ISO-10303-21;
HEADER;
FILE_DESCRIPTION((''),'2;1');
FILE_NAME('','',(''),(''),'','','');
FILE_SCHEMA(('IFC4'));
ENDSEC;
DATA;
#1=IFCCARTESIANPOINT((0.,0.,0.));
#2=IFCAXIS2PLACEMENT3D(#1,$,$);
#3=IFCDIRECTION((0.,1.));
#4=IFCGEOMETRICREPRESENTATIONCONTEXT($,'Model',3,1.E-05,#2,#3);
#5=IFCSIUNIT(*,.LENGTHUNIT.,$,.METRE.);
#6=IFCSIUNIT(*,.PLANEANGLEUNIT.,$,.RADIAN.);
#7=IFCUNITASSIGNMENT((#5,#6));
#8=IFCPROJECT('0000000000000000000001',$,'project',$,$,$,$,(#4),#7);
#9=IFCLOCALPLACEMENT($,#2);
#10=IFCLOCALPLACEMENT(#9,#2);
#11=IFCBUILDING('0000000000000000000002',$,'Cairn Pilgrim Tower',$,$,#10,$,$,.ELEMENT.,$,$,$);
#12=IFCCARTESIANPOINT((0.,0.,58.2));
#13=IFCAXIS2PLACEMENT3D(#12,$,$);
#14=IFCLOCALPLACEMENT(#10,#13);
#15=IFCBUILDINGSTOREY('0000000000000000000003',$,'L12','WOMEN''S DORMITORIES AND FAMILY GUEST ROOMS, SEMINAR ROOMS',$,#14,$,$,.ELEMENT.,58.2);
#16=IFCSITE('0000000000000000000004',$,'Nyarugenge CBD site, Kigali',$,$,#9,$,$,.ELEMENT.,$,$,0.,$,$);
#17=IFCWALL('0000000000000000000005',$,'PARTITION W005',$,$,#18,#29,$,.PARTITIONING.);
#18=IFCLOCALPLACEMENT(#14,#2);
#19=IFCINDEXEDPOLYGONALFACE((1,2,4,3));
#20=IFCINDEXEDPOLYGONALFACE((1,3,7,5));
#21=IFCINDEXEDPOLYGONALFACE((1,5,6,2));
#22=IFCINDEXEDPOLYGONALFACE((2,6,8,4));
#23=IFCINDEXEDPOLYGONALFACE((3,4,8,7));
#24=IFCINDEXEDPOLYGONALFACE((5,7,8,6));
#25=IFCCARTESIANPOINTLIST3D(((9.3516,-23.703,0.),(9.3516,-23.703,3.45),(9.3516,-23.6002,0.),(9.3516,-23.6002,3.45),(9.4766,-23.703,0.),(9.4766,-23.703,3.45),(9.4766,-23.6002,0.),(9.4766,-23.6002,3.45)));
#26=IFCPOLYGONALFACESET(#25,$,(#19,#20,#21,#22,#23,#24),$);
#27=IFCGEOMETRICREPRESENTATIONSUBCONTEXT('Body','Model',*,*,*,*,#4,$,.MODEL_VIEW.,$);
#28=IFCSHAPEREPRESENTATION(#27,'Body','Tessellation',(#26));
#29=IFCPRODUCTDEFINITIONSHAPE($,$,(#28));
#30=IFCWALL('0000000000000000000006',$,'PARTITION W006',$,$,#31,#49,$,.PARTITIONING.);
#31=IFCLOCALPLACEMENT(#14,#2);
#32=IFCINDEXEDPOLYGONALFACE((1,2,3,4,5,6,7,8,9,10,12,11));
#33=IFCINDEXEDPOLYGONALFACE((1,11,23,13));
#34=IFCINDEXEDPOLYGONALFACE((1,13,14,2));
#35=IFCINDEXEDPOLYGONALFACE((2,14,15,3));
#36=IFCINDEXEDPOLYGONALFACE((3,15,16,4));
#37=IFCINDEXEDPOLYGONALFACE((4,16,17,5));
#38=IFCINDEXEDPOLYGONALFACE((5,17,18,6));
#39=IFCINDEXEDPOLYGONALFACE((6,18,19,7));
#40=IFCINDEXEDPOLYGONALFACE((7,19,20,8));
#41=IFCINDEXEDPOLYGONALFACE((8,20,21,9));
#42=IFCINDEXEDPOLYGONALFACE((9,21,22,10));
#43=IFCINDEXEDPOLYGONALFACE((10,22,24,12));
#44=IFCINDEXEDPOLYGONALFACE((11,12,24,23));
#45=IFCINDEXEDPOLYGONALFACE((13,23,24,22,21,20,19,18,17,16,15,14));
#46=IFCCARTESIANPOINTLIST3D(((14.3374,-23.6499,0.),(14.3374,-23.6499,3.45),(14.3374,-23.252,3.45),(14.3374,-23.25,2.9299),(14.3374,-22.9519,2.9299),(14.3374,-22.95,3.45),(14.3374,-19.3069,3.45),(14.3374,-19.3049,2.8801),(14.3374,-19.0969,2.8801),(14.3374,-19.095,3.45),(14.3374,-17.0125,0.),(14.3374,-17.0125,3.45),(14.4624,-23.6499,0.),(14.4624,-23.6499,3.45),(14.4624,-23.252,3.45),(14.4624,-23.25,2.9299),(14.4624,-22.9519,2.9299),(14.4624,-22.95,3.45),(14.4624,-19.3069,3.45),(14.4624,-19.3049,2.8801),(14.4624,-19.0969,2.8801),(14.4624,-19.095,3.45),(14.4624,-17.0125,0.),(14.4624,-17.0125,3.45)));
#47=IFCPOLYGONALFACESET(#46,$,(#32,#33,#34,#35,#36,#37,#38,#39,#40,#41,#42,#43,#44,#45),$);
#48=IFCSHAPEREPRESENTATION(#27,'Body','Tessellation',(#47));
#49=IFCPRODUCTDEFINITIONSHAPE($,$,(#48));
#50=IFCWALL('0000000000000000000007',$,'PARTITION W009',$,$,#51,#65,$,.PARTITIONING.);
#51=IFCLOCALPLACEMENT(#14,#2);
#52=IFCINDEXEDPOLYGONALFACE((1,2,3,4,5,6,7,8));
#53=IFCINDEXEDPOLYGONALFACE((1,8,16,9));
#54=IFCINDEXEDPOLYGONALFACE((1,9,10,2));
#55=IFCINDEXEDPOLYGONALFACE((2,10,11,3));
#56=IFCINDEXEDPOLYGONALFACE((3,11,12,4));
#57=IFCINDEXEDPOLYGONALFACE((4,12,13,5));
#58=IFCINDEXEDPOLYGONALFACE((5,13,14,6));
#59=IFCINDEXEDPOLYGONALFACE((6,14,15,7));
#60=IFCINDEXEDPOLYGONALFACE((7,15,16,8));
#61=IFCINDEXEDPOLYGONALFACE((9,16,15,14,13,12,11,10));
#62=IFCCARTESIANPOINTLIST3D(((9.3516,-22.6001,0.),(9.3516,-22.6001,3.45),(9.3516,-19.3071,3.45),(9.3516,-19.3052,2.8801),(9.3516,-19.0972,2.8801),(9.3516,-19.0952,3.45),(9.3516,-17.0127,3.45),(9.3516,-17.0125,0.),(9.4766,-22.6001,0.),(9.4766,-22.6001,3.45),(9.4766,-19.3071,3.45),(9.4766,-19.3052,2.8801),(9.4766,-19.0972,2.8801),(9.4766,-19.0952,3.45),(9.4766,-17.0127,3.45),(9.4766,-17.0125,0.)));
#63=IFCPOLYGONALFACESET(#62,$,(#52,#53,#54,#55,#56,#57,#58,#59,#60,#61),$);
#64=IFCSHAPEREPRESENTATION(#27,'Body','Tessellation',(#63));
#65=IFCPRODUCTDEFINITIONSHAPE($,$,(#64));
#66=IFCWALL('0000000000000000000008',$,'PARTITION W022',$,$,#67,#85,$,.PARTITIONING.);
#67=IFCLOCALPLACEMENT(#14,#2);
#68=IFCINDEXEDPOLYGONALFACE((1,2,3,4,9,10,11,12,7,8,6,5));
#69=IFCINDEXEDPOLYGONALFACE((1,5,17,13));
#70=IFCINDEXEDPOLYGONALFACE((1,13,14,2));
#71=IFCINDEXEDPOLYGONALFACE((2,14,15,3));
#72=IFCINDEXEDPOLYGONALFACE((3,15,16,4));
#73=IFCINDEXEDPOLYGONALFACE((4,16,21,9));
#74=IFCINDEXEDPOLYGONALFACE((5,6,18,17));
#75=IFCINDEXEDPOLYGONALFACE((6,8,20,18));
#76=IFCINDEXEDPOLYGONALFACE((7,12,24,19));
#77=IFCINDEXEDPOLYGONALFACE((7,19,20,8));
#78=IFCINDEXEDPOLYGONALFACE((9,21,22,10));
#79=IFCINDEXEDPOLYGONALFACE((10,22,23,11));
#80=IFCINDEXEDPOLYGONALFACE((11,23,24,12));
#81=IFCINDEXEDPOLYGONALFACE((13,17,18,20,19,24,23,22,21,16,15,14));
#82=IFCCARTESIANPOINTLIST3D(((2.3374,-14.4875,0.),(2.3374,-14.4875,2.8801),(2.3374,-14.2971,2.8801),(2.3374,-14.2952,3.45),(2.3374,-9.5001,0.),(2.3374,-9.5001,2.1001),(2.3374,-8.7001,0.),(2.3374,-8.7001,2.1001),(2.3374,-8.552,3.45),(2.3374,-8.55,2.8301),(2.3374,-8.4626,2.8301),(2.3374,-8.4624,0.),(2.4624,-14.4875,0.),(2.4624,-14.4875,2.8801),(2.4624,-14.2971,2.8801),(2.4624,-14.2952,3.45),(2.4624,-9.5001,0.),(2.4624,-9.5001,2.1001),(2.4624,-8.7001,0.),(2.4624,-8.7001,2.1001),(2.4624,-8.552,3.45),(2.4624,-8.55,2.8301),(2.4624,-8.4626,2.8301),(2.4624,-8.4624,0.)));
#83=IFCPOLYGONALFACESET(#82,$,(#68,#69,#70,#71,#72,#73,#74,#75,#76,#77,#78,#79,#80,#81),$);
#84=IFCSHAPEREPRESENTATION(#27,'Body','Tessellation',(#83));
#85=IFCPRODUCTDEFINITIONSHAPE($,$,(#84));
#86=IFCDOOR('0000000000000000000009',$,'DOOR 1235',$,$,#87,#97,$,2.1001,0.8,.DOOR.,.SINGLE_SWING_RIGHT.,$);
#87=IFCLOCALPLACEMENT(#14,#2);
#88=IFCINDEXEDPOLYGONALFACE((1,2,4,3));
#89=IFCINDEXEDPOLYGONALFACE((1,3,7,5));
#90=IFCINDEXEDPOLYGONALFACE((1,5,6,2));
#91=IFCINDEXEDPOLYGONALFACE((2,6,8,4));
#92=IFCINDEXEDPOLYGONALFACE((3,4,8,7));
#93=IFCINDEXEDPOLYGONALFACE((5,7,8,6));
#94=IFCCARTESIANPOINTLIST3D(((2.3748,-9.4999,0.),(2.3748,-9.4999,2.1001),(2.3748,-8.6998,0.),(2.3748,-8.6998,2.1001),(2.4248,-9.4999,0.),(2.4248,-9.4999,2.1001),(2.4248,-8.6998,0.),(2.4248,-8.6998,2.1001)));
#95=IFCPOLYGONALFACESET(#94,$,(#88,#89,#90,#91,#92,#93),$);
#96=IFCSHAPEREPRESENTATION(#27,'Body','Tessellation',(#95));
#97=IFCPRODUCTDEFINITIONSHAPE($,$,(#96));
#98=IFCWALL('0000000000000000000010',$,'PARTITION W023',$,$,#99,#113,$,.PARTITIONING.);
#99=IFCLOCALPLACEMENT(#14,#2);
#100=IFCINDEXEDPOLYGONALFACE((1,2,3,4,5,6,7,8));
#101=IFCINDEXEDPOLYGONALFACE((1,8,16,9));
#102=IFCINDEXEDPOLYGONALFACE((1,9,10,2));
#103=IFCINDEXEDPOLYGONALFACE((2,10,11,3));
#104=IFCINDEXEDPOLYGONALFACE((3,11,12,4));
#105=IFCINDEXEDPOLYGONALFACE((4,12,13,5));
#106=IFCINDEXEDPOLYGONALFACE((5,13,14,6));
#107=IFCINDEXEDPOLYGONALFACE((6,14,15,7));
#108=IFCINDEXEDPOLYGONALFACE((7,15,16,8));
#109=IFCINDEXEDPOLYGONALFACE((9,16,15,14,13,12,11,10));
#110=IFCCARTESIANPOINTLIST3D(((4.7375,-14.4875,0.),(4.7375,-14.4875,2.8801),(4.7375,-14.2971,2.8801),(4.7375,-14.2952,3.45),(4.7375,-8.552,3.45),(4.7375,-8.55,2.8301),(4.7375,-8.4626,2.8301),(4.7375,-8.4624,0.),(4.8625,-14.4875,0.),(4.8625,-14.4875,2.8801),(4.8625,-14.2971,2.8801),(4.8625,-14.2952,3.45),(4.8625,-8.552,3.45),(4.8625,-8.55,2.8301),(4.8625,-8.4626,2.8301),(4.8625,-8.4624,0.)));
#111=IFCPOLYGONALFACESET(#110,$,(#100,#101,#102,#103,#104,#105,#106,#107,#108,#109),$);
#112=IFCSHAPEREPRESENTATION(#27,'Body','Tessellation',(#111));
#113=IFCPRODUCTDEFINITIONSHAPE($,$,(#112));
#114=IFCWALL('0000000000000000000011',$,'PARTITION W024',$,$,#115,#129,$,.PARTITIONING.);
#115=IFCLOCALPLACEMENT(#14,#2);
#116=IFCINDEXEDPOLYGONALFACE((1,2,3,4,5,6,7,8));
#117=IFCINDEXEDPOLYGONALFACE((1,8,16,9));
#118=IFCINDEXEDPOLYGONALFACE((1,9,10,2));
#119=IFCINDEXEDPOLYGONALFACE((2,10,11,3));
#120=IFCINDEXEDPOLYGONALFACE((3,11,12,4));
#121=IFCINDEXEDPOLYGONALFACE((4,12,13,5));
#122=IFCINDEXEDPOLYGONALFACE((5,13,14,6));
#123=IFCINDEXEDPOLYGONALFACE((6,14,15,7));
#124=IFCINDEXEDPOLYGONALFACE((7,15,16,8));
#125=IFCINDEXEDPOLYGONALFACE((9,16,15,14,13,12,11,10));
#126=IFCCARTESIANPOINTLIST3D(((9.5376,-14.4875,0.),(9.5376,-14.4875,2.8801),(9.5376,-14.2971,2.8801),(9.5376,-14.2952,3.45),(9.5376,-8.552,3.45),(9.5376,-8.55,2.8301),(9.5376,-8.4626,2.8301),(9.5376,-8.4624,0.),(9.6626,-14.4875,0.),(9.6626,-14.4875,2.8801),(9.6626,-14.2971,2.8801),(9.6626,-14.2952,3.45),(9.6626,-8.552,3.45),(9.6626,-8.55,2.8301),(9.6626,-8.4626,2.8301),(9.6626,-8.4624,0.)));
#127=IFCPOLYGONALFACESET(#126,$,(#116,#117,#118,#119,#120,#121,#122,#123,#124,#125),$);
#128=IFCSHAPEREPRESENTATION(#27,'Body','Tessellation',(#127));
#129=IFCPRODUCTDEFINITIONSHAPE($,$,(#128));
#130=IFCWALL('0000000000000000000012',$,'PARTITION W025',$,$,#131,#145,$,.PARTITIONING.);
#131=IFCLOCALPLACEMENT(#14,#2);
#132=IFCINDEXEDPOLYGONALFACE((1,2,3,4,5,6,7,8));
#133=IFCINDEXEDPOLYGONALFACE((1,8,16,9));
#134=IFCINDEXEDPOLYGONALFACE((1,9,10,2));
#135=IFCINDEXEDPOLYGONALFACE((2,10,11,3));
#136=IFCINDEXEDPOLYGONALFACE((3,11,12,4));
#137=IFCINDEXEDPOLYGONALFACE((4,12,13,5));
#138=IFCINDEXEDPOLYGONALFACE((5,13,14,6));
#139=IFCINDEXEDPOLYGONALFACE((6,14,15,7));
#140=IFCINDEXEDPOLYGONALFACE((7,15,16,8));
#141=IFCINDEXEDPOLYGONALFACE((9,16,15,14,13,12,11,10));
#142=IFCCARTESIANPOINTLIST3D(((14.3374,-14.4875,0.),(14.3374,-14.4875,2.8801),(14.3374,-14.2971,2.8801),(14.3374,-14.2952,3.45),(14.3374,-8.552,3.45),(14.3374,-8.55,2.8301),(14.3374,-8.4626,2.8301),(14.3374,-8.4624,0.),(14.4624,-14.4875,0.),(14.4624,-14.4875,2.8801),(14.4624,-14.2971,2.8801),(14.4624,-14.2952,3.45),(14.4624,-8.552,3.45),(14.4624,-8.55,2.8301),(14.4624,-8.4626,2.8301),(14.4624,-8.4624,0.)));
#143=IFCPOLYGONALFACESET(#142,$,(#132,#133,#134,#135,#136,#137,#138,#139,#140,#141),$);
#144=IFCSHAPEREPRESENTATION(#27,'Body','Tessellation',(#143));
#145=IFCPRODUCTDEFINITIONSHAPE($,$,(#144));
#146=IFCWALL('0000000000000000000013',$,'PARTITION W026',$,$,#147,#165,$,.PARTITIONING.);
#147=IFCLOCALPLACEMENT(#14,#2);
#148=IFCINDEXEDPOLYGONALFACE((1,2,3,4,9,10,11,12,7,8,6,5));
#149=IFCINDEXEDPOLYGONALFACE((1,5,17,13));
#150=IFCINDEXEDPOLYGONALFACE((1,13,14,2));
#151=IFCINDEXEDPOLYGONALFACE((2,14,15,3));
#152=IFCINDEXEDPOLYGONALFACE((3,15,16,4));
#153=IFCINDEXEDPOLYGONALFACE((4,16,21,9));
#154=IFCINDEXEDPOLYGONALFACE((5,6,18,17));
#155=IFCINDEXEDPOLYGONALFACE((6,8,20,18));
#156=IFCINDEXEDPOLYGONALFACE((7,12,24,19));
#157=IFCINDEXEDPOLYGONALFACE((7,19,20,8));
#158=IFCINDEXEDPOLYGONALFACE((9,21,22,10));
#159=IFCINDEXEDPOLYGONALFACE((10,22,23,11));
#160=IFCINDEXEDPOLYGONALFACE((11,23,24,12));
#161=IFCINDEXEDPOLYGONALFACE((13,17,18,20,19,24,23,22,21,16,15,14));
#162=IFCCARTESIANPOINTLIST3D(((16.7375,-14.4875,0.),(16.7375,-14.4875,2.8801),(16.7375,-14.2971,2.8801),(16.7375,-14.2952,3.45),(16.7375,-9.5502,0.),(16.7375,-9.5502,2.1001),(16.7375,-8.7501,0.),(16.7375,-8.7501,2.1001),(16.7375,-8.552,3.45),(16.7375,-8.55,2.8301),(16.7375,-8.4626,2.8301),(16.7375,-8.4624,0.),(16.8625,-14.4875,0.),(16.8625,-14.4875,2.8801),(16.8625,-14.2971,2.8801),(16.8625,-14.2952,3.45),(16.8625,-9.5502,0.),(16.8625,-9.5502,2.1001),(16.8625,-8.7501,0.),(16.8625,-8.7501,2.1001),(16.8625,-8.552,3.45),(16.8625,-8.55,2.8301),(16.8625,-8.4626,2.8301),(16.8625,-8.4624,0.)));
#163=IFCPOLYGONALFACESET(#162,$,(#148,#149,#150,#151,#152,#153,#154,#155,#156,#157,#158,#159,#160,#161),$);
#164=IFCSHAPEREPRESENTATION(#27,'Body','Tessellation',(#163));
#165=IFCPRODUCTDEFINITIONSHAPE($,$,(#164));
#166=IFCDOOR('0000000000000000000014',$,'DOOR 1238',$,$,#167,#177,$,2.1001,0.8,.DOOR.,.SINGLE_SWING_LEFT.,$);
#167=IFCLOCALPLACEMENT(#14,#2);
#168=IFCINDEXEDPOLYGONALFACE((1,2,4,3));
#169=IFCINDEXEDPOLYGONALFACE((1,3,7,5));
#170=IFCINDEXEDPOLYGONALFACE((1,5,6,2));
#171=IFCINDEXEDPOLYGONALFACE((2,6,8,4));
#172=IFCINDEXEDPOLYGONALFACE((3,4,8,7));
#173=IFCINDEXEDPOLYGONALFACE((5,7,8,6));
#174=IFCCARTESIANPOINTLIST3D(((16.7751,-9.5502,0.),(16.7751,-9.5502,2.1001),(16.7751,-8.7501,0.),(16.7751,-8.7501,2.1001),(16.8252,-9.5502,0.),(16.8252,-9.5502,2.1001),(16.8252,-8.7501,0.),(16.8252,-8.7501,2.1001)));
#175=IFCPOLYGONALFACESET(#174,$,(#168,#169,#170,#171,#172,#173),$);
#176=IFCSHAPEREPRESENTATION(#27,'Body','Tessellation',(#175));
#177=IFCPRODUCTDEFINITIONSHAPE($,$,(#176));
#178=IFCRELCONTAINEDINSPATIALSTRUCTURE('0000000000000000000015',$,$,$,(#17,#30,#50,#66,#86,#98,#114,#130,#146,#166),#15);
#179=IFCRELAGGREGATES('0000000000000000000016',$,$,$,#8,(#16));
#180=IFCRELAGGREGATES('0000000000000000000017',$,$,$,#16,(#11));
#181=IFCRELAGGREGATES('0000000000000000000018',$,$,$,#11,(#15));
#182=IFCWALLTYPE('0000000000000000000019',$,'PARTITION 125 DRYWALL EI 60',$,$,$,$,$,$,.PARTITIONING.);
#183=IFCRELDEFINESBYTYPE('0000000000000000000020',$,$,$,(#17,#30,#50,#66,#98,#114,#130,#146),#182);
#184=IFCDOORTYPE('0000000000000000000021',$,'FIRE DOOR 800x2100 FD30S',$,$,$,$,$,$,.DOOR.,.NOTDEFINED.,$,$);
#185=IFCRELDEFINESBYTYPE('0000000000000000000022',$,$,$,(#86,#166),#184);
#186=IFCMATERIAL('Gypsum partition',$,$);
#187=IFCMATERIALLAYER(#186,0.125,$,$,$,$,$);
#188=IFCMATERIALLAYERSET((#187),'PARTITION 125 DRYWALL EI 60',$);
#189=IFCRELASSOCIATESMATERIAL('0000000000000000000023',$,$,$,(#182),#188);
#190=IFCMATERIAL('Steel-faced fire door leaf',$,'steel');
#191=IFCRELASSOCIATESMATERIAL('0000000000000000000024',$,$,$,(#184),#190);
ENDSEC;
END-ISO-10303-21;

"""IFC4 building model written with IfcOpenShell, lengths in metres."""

from ifc_helpers import new_model, si_unit, direction, frame, frame_2d, origin, place, context, subcontext, project, spatial, polyline, rectangle, outline, extrude, material, layer, layer_set, type_object, element, fill, save


model = new_model("IFC4")

# Units and contexts
model_context = context("Model", 3, precision=1e-05, world=origin(), true_north=direction((0.0, 1.0)))
body_context = subcontext(model_context, "Body", "Model", "MODEL_VIEW")
ifc_project = project(units=[si_unit("LENGTHUNIT", "METRE"), si_unit("PLANEANGLEUNIT", "RADIAN")], contexts=[model_context])

# Site, building, storey
site_placement = place(None, origin())
site = spatial("IfcSite", under=ifc_project, at=site_placement, Name="Nyarugenge CBD site, Kigali", CompositionType="ELEMENT", RefElevation=0.0)
building_placement = place(site_placement, origin())
building = spatial("IfcBuilding", under=site, at=building_placement, Name="Cairn Pilgrim Tower", CompositionType="ELEMENT")
storey_placement = place(building_placement, frame((0.0, 0.0, 58.2)))
storey = spatial("IfcBuildingStorey", under=building, at=storey_placement, Name="L12", Description="WOMEN'S DORMITORIES AND FAMILY GUEST ROOMS, SEMINAR ROOMS", CompositionType="ELEMENT", Elevation=58.2)

# Walls
ifc_material_1 = material(Name="Gypsum partition")
ifc_layer_1 = layer(ifc_material_1, 0.125)
ifc_layer_set_1 = layer_set([ifc_layer_1], Name="PARTITION 125 DRYWALL EI 60")
wall_type_1 = type_object("IfcWallType", Name="PARTITION 125 DRYWALL EI 60", PredefinedType="PARTITIONING", material=ifc_layer_set_1)
wall_1_placement = place(storey_placement, frame((9.4141, -23.7029, 0.0), z_axis=(0.0, 0.0, 1.0), x_axis=(0.0, 1.0, 0.0)))
element("IfcWall", 1, at=wall_1_placement, inside=storey, type_object=wall_type_1, Name="PARTITION W005", PredefinedType="PARTITIONING", context=body_context, shape_type="SweptSolid", body=[
    extrude(rectangle(XDim=0.1028, YDim=0.125, at=frame_2d((0.0513, 0.0))), origin(), (0.0, 0.0, 1.0), 3.45),
])
wall_2_placement = place(storey_placement, frame((14.3999, -23.6499, 0.0), z_axis=(0.0, 0.0, 1.0), x_axis=(0.0, 1.0, 0.0)))
element("IfcWall", 2, at=wall_2_placement, inside=storey, type_object=wall_type_1, Name="PARTITION W006", PredefinedType="PARTITIONING", context=body_context, shape_type="SweptSolid", body=[
    extrude(outline(polyline([(0.0, 0.0), (6.6375, 0.0), (6.6375, 3.45), (4.5549, 3.45), (4.553, 2.8801), (4.345, 2.8801), (4.343, 3.45), (0.7, 3.45), (0.698, 2.9299), (0.3999, 2.9299), (0.3979, 3.45), (0.0, 3.45), (0.0, 0.0)])), frame((0.0, 0.0625, 0.0), z_axis=(0.0, -1.0, 0.0), x_axis=(1.0, 0.0, 0.0)), (0.0, 0.0, 1.0), 0.125),
])
wall_3_placement = place(storey_placement, frame((9.4141, -22.6001, 0.0), z_axis=(0.0, 0.0, 1.0), x_axis=(0.0, 1.0, 0.0)))
element("IfcWall", 3, at=wall_3_placement, inside=storey, type_object=wall_type_1, Name="PARTITION W009", PredefinedType="PARTITIONING", context=body_context, shape_type="SweptSolid", body=[
    extrude(outline(polyline([(0.0, 0.0), (5.5876, 0.0), (5.5874, 3.45), (3.5049, 3.45), (3.5029, 2.8801), (3.2949, 2.8801), (3.293, 3.45), (0.0, 3.45), (0.0, 0.0)])), frame((0.0, 0.0625, 0.0), z_axis=(0.0, -1.0, 0.0), x_axis=(1.0, 0.0, 0.0)), (0.0, 0.0, 1.0), 0.125),
])

# Wall, opening, door
wall_4_placement = place(storey_placement, frame((2.3999, -14.4875, 0.0), z_axis=(0.0, 0.0, 1.0), x_axis=(0.0, 1.0, 0.0)))
wall_4 = element("IfcWall", 4, at=wall_4_placement, inside=storey, type_object=wall_type_1, Name="PARTITION W022", PredefinedType="PARTITIONING", context=body_context, shape_type="SweptSolid", body=[
    extrude(outline(polyline([(0.0, 0.0), (6.0251, 0.0), (6.0249, 2.8301), (5.9375, 2.8301), (5.9355, 3.45), (0.1924, 3.45), (0.1904, 2.8801), (0.0, 2.8801), (0.0, 0.0)])), frame((0.0, 0.0625, 0.0), z_axis=(0.0, -1.0, 0.0), x_axis=(1.0, 0.0, 0.0)), (0.0, 0.0, 1.0), 0.125),
])
opening_1_placement = place(wall_4_placement, frame((4.9875, 0.0, 0.0)))
opening_1 = element("IfcOpeningElement", 5, at=opening_1_placement, cuts=wall_4, PredefinedType="OPENING", context=body_context, shape_type="SweptSolid", body=[
    extrude(rectangle(XDim=0.8, YDim=2.1001, at=frame_2d((0.3999, 1.05))), frame((0.0, 0.0725, 0.0), z_axis=(0.0, -1.0, 0.0), x_axis=(1.0, 0.0, 0.0)), (0.0, 0.0, 1.0), 0.145),
])
ifc_material_2 = material(Name="Steel-faced fire door leaf", Category="steel")
door_type_1 = type_object("IfcDoorType", Name="FIRE DOOR 800x2100 FD30S", OperationType="NOTDEFINED", PredefinedType="DOOR", material=ifc_material_2)
door_1_placement = place(opening_1_placement, frame((0.8, 0.0, 0.0), z_axis=(0.0, 0.0, 1.0), x_axis=(-1.0, 0.0, 0.0)))
door_1 = element("IfcDoor", 6, at=door_1_placement, inside=storey, type_object=door_type_1, Name="DOOR 1235", OperationType="SINGLE_SWING_RIGHT", OverallHeight=2.1001, OverallWidth=0.8, PredefinedType="DOOR", context=body_context, shape_type="SweptSolid", body=[
    extrude(rectangle(XDim=0.8, YDim=2.1001, at=frame_2d((0.3999, 1.05))), frame((0.0, 0.0249, 0.0), z_axis=(0.0, -1.0, 0.0), x_axis=(1.0, 0.0, 0.0)), (0.0, 0.0, 1.0), 0.05),
])
fill(opening_1, door_1)

# Walls
for number, where, z_axis, x_axis, name in (
    (7, (4.8, -14.4875, 0.0), (0.0, 0.0, 1.0), (0.0, 1.0, 0.0), "PARTITION W023"),
    (8, (9.6001, -14.4875, 0.0), (0.0, 0.0, 1.0), (0.0, 1.0, 0.0), "PARTITION W024"),
    (9, (14.3999, -14.4875, 0.0), (0.0, 0.0, 1.0), (0.0, 1.0, 0.0), "PARTITION W025"),
):
    element("IfcWall", number, at=place(storey_placement, frame(where, z_axis=z_axis, x_axis=x_axis)), inside=storey, type_object=wall_type_1, Name=name, PredefinedType="PARTITIONING", context=body_context, shape_type="SweptSolid", body=[
        extrude(outline(polyline([(0.0, 0.0), (6.0251, 0.0), (6.0249, 2.8301), (5.9375, 2.8301), (5.9355, 3.45), (0.1924, 3.45), (0.1904, 2.8801), (0.0, 2.8801), (0.0, 0.0)])), frame((0.0, 0.0625, 0.0), z_axis=(0.0, -1.0, 0.0), x_axis=(1.0, 0.0, 0.0)), (0.0, 0.0, 1.0), 0.125),
    ])

# Wall, opening, door
wall_5_placement = place(storey_placement, frame((16.8, -14.4875, 0.0), z_axis=(0.0, 0.0, 1.0), x_axis=(0.0, 1.0, 0.0)))
wall_5 = element("IfcWall", 10, at=wall_5_placement, inside=storey, type_object=wall_type_1, Name="PARTITION W026", PredefinedType="PARTITIONING", context=body_context, shape_type="SweptSolid", body=[
    extrude(outline(polyline([(0.0, 0.0), (6.0251, 0.0), (6.0249, 2.8301), (5.9375, 2.8301), (5.9355, 3.45), (0.1924, 3.45), (0.1904, 2.8801), (0.0, 2.8801), (0.0, 0.0)])), frame((0.0, 0.0625, 0.0), z_axis=(0.0, -1.0, 0.0), x_axis=(1.0, 0.0, 0.0)), (0.0, 0.0, 1.0), 0.125),
])
opening_2_placement = place(wall_5_placement, frame((4.9375, 0.0, 0.0)))
opening_2 = element("IfcOpeningElement", 11, at=opening_2_placement, cuts=wall_5, PredefinedType="OPENING", context=body_context, shape_type="SweptSolid", body=[
    extrude(rectangle(XDim=0.8, YDim=2.1001, at=frame_2d((0.3999, 1.05))), frame((0.0, 0.0725, 0.0), z_axis=(0.0, -1.0, 0.0), x_axis=(1.0, 0.0, 0.0)), (0.0, 0.0, 1.0), 0.145),
])
door_2_placement = place(opening_2_placement, origin())
door_2 = element("IfcDoor", 12, at=door_2_placement, inside=storey, type_object=door_type_1, Name="DOOR 1238", OperationType="SINGLE_SWING_LEFT", OverallHeight=2.1001, OverallWidth=0.8, PredefinedType="DOOR", context=body_context, shape_type="SweptSolid", body=[
    extrude(rectangle(XDim=0.8, YDim=2.1001, at=frame_2d((0.3999, 1.05))), frame((0.0, 0.0249, 0.0), z_axis=(0.0, -1.0, 0.0), x_axis=(1.0, 0.0, 0.0)), (0.0, 0.0, 1.0), 0.05),
])
fill(opening_2, door_2)

save(model, "model.ifc")
